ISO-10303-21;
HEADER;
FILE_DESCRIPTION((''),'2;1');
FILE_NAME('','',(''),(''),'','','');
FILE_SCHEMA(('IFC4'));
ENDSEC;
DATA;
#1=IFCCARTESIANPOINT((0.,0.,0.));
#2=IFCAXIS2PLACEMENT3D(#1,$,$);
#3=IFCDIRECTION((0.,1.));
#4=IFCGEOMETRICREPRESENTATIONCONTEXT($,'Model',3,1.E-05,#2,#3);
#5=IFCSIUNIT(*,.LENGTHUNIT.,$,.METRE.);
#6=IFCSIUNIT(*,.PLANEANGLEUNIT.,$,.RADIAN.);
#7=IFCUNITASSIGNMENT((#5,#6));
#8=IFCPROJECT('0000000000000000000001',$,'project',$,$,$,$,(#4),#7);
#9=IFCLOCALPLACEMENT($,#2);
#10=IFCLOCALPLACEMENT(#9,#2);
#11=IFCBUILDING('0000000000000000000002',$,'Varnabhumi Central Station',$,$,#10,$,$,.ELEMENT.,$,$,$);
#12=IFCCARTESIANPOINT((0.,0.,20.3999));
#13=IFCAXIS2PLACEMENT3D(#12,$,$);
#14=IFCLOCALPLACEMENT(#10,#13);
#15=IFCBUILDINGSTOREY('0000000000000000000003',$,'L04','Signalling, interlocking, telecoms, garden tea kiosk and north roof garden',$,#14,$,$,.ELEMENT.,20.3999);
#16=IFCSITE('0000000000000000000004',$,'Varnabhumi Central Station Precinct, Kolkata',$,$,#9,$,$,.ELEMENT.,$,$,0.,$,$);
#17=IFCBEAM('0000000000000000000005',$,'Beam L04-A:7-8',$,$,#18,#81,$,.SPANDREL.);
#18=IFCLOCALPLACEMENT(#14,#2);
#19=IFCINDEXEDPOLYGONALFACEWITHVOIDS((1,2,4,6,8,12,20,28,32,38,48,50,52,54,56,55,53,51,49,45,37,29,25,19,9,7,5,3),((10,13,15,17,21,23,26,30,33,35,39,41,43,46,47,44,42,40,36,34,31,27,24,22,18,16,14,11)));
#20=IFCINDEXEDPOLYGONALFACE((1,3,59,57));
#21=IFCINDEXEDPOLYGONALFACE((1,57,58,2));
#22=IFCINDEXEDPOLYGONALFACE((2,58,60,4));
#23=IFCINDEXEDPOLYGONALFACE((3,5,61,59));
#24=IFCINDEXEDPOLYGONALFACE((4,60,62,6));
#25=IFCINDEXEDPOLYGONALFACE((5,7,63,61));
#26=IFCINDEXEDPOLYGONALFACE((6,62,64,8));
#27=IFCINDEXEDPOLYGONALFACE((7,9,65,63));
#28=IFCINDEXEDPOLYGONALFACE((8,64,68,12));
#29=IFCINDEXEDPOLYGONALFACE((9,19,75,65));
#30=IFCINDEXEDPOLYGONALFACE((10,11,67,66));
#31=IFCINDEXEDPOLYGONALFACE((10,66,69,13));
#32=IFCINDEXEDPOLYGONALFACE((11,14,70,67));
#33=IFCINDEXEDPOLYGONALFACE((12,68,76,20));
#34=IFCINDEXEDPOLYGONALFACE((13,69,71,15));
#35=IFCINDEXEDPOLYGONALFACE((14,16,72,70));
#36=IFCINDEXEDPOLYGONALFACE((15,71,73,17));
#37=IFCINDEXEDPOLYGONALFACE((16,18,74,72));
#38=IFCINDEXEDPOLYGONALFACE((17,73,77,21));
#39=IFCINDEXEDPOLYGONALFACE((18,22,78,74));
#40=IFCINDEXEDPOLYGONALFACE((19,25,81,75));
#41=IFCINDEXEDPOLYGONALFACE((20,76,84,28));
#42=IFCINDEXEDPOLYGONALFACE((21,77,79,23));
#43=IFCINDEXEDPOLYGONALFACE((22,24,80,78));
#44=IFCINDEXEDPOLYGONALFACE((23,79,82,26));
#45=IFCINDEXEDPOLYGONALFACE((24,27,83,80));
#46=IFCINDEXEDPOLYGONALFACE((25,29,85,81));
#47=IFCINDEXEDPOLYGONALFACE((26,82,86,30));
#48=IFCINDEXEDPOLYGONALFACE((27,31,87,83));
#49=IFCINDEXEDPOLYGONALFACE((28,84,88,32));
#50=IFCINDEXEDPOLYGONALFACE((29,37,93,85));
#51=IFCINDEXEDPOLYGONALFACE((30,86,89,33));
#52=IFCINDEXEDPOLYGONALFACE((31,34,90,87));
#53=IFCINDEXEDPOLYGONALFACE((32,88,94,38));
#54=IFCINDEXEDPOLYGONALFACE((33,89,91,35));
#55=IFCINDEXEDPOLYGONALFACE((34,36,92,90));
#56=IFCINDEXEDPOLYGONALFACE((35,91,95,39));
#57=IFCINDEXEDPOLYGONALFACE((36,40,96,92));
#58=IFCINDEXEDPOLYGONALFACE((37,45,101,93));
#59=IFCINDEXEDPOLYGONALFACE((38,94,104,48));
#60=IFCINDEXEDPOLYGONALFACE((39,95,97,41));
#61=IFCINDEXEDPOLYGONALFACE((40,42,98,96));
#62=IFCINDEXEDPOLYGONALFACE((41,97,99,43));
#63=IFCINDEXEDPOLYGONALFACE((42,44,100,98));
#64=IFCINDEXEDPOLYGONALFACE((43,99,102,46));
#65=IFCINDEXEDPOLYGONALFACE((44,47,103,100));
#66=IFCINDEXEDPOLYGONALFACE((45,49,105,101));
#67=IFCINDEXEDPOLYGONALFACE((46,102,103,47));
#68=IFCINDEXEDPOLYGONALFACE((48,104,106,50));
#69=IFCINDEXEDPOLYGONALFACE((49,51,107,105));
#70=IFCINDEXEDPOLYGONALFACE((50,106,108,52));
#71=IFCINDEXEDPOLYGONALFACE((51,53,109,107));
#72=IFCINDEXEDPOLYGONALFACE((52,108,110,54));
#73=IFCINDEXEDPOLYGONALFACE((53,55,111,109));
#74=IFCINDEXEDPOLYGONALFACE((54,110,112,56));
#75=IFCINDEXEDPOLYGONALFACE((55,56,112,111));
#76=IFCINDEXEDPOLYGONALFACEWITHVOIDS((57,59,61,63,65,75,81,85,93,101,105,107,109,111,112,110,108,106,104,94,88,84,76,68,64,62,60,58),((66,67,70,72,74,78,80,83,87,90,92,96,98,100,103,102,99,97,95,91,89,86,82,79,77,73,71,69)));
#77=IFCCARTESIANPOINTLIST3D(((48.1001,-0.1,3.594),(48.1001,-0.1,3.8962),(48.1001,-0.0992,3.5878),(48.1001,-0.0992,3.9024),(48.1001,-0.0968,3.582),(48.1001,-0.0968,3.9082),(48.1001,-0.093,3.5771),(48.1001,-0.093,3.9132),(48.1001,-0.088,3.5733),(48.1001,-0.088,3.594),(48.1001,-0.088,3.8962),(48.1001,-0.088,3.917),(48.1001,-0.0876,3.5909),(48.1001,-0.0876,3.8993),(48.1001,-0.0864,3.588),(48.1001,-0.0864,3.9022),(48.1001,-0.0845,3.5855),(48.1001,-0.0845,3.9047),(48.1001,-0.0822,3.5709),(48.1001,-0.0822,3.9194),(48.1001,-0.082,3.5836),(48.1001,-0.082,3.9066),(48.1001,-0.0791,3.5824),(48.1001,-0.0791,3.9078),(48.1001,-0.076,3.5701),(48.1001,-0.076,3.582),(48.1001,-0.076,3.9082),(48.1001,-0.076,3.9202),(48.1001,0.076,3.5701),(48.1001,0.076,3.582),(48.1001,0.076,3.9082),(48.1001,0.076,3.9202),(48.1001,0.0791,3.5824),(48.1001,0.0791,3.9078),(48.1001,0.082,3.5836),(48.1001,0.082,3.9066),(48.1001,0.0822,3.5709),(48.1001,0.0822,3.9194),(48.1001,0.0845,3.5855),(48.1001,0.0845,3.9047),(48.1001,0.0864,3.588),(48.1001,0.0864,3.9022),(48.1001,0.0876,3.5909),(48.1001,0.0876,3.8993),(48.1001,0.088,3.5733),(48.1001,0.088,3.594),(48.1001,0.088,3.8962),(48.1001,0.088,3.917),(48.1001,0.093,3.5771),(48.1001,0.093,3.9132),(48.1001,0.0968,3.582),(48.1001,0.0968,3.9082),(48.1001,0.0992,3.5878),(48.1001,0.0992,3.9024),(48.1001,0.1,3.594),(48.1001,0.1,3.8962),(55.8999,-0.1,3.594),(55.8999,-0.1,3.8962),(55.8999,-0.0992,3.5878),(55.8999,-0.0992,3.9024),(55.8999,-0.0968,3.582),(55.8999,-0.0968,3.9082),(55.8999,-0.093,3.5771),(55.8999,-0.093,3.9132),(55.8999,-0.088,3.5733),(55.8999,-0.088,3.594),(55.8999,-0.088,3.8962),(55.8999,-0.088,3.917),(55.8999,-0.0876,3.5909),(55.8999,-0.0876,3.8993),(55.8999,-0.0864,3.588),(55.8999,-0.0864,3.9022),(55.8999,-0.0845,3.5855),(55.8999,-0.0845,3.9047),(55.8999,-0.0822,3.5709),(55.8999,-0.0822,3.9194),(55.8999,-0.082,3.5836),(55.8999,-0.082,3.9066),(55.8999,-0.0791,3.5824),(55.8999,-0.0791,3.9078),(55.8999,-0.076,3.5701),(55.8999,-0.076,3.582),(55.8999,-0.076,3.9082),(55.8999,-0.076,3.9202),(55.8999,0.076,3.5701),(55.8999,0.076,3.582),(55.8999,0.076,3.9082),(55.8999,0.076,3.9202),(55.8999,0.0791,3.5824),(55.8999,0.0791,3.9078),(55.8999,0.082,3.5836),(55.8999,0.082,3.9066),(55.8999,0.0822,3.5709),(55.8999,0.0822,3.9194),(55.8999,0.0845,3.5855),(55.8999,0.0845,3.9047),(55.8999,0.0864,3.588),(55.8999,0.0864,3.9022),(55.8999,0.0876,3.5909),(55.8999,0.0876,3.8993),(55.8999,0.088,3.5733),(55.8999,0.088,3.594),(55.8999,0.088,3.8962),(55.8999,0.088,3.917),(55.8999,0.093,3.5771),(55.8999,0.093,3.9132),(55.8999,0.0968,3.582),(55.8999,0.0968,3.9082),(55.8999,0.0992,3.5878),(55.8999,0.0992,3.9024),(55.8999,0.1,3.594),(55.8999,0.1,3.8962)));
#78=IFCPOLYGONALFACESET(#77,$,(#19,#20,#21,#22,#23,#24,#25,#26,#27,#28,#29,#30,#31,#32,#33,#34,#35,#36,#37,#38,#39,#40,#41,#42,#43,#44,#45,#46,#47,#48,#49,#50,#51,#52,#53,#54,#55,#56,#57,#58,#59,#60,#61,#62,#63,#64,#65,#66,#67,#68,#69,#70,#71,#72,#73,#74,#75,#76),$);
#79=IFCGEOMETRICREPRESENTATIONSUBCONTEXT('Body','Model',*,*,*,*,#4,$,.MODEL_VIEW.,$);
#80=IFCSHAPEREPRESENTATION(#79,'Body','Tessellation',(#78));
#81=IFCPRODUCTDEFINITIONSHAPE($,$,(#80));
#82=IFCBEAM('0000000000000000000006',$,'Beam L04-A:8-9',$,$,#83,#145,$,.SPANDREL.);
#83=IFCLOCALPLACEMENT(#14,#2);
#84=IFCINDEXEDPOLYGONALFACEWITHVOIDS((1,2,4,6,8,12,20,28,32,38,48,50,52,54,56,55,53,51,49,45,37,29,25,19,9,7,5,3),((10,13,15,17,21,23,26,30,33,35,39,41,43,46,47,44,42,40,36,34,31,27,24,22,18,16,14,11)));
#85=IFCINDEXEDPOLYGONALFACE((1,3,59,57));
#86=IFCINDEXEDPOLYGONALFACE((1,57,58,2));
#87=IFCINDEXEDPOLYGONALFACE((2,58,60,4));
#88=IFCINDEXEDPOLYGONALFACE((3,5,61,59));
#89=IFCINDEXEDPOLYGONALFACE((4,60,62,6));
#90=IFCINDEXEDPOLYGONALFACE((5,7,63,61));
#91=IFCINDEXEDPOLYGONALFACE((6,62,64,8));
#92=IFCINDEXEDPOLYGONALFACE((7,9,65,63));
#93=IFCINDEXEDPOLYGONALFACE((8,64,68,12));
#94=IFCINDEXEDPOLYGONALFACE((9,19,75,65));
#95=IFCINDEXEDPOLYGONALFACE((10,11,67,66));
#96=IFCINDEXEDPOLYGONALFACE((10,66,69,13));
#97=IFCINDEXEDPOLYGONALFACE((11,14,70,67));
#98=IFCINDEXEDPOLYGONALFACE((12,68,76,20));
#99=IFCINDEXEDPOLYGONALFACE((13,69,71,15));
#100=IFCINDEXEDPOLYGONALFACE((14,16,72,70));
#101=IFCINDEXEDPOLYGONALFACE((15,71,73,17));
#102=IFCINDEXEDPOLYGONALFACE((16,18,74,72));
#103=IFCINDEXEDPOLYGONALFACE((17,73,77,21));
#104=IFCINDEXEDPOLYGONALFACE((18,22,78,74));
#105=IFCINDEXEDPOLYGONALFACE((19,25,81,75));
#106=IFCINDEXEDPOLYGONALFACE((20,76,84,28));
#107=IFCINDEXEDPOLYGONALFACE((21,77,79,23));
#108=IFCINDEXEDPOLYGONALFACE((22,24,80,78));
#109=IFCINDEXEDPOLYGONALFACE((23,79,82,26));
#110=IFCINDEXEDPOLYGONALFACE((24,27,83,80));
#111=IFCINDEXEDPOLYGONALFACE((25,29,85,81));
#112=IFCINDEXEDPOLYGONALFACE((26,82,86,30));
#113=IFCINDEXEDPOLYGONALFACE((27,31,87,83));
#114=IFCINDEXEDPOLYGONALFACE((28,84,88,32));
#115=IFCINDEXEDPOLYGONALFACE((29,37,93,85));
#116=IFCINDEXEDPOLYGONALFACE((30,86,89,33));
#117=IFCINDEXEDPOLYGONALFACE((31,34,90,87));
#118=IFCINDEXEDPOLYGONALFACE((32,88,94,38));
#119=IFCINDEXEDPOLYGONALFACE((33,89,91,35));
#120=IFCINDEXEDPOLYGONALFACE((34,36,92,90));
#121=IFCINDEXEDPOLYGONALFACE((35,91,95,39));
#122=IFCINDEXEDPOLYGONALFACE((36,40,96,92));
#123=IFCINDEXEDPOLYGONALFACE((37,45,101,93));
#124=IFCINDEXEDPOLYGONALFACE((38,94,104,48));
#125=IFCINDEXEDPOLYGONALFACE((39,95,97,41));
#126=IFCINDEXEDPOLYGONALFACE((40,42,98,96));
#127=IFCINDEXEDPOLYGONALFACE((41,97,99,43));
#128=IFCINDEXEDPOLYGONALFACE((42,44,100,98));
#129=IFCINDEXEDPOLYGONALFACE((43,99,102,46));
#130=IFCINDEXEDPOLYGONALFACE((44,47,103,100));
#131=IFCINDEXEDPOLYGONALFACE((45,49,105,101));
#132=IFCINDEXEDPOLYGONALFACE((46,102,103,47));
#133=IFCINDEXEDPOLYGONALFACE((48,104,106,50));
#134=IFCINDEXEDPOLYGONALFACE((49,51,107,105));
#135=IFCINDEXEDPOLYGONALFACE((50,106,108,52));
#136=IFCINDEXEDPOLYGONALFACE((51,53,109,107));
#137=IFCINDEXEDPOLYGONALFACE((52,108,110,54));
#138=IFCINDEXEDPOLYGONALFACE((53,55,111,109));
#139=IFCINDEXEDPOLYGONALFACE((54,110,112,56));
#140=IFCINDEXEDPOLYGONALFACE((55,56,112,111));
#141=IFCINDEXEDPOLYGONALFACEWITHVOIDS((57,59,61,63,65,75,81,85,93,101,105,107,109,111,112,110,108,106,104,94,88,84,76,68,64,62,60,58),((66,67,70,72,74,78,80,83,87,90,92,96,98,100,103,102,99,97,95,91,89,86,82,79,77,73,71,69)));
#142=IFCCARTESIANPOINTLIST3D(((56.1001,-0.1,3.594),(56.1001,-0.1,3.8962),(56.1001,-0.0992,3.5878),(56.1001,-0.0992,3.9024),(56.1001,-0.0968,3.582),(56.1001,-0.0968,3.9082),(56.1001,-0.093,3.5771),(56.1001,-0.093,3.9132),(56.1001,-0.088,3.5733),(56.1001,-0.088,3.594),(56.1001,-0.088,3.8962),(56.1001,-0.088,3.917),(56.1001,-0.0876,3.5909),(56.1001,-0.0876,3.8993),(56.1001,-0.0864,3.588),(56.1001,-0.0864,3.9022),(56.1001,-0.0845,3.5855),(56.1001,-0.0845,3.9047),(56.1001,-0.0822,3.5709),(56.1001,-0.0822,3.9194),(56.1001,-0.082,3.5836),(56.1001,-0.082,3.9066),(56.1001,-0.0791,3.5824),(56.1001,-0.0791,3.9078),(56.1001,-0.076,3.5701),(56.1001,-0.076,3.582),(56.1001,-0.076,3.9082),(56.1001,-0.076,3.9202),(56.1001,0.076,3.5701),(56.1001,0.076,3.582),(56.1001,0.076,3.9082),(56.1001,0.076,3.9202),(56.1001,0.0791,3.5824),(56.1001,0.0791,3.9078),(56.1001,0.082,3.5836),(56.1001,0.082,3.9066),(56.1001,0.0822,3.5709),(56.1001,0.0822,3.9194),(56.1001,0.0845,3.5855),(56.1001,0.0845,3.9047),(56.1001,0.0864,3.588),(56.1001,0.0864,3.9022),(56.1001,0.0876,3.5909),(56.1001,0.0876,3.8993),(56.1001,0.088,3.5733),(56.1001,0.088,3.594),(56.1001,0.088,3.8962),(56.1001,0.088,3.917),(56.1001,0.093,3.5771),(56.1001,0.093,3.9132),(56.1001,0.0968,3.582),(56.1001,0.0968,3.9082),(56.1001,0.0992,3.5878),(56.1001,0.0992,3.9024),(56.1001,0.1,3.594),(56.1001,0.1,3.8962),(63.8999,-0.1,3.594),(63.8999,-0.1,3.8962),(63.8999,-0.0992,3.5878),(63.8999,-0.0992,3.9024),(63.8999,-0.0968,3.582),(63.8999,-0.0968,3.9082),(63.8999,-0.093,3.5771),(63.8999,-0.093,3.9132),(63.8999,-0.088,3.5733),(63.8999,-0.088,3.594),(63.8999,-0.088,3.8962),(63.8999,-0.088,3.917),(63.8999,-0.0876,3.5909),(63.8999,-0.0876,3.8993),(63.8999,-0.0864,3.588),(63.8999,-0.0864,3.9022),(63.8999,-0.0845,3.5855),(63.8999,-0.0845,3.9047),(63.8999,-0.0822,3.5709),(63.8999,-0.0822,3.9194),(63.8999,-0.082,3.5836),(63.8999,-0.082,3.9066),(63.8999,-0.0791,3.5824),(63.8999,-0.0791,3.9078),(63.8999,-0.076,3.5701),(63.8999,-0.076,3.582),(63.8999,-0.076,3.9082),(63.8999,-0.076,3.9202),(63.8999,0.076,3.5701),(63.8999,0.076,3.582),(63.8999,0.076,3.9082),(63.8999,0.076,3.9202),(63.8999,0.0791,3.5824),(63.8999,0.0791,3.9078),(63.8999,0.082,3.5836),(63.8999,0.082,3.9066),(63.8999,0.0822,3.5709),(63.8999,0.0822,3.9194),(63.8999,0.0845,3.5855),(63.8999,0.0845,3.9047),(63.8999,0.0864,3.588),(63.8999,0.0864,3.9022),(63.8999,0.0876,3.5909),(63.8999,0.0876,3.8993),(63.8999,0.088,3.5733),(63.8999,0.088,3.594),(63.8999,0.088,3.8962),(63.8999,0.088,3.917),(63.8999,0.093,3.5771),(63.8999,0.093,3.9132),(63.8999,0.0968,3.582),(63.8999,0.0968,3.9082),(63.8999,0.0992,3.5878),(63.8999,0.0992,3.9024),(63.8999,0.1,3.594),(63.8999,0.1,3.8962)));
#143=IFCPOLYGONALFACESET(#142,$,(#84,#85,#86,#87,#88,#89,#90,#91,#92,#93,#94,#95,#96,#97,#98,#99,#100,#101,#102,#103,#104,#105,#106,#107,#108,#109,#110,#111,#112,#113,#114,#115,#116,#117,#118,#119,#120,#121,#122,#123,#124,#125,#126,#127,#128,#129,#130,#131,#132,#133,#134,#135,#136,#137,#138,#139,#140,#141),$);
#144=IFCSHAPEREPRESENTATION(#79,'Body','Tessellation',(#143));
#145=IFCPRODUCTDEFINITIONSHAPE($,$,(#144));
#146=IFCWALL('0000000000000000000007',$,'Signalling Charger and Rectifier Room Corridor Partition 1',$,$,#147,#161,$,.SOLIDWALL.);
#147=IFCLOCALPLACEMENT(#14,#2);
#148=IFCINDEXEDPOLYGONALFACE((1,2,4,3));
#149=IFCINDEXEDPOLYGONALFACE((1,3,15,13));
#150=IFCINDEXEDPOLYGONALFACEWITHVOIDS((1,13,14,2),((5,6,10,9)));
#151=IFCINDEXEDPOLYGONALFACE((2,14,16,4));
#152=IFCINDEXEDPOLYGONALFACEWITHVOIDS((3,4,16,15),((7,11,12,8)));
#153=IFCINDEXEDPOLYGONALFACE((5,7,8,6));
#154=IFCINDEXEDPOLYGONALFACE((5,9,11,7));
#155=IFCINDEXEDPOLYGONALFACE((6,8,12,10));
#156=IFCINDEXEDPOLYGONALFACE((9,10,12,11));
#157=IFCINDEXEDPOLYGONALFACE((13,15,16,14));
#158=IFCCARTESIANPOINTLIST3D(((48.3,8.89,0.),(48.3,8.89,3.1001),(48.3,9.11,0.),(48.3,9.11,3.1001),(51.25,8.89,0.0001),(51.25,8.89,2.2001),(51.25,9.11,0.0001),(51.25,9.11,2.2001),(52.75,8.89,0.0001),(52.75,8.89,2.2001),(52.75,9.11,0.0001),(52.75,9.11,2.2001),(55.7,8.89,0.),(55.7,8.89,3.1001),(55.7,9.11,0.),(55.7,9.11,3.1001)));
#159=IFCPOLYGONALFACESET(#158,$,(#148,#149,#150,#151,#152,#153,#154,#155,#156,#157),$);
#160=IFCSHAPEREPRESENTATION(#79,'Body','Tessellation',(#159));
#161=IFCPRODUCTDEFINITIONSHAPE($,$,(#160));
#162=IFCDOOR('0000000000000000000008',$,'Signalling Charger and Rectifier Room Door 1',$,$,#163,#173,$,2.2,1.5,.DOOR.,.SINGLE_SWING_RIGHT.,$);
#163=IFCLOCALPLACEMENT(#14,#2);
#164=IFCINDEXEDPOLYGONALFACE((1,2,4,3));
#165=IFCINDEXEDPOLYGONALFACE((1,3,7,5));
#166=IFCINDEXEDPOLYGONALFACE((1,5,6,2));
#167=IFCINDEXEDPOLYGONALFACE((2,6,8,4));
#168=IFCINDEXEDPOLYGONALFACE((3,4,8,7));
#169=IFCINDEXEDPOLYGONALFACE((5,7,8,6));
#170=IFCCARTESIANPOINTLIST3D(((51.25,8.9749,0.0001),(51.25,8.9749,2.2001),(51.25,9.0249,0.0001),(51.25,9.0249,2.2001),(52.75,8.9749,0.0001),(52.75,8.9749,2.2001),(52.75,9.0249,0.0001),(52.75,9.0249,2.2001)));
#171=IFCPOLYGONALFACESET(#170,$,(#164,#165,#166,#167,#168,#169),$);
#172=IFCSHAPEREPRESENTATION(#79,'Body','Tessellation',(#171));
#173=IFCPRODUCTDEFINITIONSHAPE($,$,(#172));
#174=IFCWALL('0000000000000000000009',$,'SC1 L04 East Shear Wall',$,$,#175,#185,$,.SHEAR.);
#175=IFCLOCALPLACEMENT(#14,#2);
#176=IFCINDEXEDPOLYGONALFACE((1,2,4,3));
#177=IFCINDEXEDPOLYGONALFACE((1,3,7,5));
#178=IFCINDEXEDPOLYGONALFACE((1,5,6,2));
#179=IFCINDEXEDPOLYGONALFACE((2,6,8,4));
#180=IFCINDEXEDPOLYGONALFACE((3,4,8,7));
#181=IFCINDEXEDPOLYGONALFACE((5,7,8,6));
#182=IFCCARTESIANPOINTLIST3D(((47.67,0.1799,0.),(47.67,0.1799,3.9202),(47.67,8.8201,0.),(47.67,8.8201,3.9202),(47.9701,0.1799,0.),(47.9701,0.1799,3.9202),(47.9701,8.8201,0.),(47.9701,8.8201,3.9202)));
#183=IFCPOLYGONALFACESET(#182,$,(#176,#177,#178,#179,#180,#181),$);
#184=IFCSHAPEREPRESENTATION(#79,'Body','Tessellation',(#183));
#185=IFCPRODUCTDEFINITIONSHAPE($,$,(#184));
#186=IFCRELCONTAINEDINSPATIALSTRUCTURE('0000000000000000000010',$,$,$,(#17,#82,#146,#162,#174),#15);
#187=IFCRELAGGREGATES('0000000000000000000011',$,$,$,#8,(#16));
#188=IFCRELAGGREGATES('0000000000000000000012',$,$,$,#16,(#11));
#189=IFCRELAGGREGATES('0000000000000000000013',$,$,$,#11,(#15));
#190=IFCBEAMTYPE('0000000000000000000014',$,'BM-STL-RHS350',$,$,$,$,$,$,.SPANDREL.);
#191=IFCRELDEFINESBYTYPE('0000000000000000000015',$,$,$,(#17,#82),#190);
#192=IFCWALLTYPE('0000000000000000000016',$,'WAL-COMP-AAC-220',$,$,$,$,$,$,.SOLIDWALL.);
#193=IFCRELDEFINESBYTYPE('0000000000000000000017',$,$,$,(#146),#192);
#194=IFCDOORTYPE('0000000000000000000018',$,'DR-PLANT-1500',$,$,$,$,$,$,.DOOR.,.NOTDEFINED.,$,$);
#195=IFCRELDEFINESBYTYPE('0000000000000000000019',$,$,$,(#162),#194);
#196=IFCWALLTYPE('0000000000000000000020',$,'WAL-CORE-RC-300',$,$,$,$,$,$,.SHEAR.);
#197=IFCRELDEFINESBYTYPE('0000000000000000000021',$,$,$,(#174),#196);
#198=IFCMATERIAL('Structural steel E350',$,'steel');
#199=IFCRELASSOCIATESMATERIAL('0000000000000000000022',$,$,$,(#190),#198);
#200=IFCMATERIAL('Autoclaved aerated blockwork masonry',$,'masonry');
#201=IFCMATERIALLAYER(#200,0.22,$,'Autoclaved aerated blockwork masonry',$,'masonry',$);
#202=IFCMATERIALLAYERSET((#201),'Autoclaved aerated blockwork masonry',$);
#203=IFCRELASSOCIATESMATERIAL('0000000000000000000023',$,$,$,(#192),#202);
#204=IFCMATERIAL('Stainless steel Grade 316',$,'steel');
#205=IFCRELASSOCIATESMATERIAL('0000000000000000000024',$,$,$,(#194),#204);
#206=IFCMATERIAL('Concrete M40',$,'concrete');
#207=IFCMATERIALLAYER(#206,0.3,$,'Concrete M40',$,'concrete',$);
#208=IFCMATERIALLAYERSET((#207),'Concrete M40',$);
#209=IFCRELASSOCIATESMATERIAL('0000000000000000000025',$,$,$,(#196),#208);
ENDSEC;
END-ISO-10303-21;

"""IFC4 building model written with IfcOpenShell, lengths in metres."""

from ifc_helpers import new_model, si_unit, direction, frame, frame_2d, origin, origin_2d, place, context, subcontext, project, spatial, rectangle, hollow_rectangle, extrude, material, layer, layer_set, material_profile, profile_set, type_object, element, fill, save


model = new_model("IFC4")

# Units and contexts
model_context = context("Model", 3, precision=1e-05, world=origin(), true_north=direction((0.0, 1.0)))
body_context = subcontext(model_context, "Body", "Model", "MODEL_VIEW")
ifc_project = project(units=[si_unit("LENGTHUNIT", "METRE"), si_unit("PLANEANGLEUNIT", "RADIAN")], contexts=[model_context])

# Site, building, storey
site_placement = place(None, origin())
site = spatial("IfcSite", under=ifc_project, at=site_placement, Name="Varnabhumi Central Station Precinct, Kolkata", CompositionType="ELEMENT", RefElevation=0.0)
building_placement = place(site_placement, origin())
building = spatial("IfcBuilding", under=site, at=building_placement, Name="Varnabhumi Central Station", CompositionType="ELEMENT")
storey_placement = place(building_placement, frame((0.0, 0.0, 20.3999)))
storey = spatial("IfcBuildingStorey", under=building, at=storey_placement, Name="L04", Description="Signalling, interlocking, telecoms, garden tea kiosk and north roof garden", CompositionType="ELEMENT", Elevation=20.3999)

# Shared definitions
ifc_material_1 = material(Name="Concrete M40", Category="concrete")

# Beams
ifc_material_2 = material(Name="Structural steel E350", Category="steel")
ifc_material_profile_1 = material_profile(ifc_material_2, hollow_rectangle(XDim=0.2, YDim=0.3501, WallThickness=0.012, InnerFilletRadius=0.012, OuterFilletRadius=0.0239, at=origin_2d()), Name="Structural steel E350", Category="steel")
ifc_profile_set_1 = profile_set([ifc_material_profile_1], Name="Structural steel E350")
beam_type_1 = type_object("IfcBeamType", Name="BM-STL-RHS350", PredefinedType="SPANDREL", material=ifc_profile_set_1)
for number, where, z_axis, x_axis, name in (
    (1, (48.1001, 0.0, 3.7451), (1.0, 0.0, 0.0), (0.0, 1.0, 0.0), "Beam L04-A:7-8"),
    (2, (56.1001, 0.0, 3.7451), (1.0, 0.0, 0.0), (0.0, 1.0, 0.0), "Beam L04-A:8-9"),
):
    element("IfcBeam", number, at=place(storey_placement, frame(where, z_axis=z_axis, x_axis=x_axis)), inside=storey, type_object=beam_type_1, Name=name, PredefinedType="SPANDREL", context=body_context, shape_type="SweptSolid", body=[
        extrude(hollow_rectangle(XDim=0.2, YDim=0.3501, WallThickness=0.012, InnerFilletRadius=0.012, OuterFilletRadius=0.0239, at=origin_2d()), origin(), (0.0, 0.0, 1.0), 7.7998),
    ])

# Wall, opening, door
ifc_material_3 = material(Name="Autoclaved aerated blockwork masonry", Category="masonry")
ifc_layer_1 = layer(ifc_material_3, 0.22, Name="Autoclaved aerated blockwork masonry", Category="masonry")
ifc_layer_set_1 = layer_set([ifc_layer_1], Name="Autoclaved aerated blockwork masonry")
wall_type_1 = type_object("IfcWallType", Name="WAL-COMP-AAC-220", PredefinedType="SOLIDWALL", material=ifc_layer_set_1)
wall_1_placement = place(storey_placement, frame((48.3, 9.0, 0.0), z_axis=(0.0, 0.0, 1.0), x_axis=(1.0, 0.0, 0.0)))
wall_1 = element("IfcWall", 3, at=wall_1_placement, inside=storey, type_object=wall_type_1, Name="Signalling Charger and Rectifier Room Corridor Partition 1", PredefinedType="SOLIDWALL", context=body_context, shape_type="SweptSolid", body=[
    extrude(rectangle(XDim=7.3999, YDim=0.22, at=frame_2d((3.7, 0.0))), origin(), (0.0, 0.0, 1.0), 3.1001),
])
opening_1_placement = place(wall_1_placement, frame((2.95, 0.0, 0.0)))
opening_1 = element("IfcOpeningElement", 4, at=opening_1_placement, cuts=wall_1, PredefinedType="OPENING", context=body_context, shape_type="SweptSolid", body=[
    extrude(rectangle(XDim=1.5, YDim=2.2, at=frame_2d((0.75, 1.1001))), frame((0.0, 0.1199, 0.0), z_axis=(0.0, -1.0, 0.0), x_axis=(1.0, 0.0, 0.0)), (0.0, 0.0, 1.0), 0.24),
])
ifc_material_4 = material(Name="Stainless steel Grade 316", Category="steel")
door_type_1 = type_object("IfcDoorType", Name="DR-PLANT-1500", OperationType="NOTDEFINED", PredefinedType="DOOR", material=ifc_material_4)
door_1_placement = place(opening_1_placement, origin())
door_1 = element("IfcDoor", 5, at=door_1_placement, inside=storey, type_object=door_type_1, Name="Signalling Charger and Rectifier Room Door 1", OperationType="SINGLE_SWING_RIGHT", OverallHeight=2.2, OverallWidth=1.5, PredefinedType="DOOR", context=body_context, shape_type="SweptSolid", body=[
    extrude(rectangle(XDim=1.5, YDim=2.2, at=frame_2d((0.75, 1.1001))), frame((0.0, 0.0249, 0.0), z_axis=(0.0, -1.0, 0.0), x_axis=(1.0, 0.0, 0.0)), (0.0, 0.0, 1.0), 0.05),
])
fill(opening_1, door_1)

# Wall
ifc_layer_2 = layer(ifc_material_1, 0.3, Name="Concrete M40", Category="concrete")
ifc_layer_set_2 = layer_set([ifc_layer_2], Name="Concrete M40")
wall_type_2 = type_object("IfcWallType", Name="WAL-CORE-RC-300", PredefinedType="SHEAR", material=ifc_layer_set_2)
wall_2_placement = place(storey_placement, frame((47.8201, 0.1799, 0.0), z_axis=(0.0, 0.0, 1.0), x_axis=(0.0, 1.0, 0.0)))
element("IfcWall", 6, at=wall_2_placement, inside=storey, type_object=wall_type_2, Name="SC1 L04 East Shear Wall", PredefinedType="SHEAR", context=body_context, shape_type="SweptSolid", body=[
    extrude(rectangle(XDim=8.6401, YDim=0.3, at=frame_2d((4.3201, 0.0))), origin(), (0.0, 0.0, 1.0), 3.9202),
])

save(model, "model.ifc")
